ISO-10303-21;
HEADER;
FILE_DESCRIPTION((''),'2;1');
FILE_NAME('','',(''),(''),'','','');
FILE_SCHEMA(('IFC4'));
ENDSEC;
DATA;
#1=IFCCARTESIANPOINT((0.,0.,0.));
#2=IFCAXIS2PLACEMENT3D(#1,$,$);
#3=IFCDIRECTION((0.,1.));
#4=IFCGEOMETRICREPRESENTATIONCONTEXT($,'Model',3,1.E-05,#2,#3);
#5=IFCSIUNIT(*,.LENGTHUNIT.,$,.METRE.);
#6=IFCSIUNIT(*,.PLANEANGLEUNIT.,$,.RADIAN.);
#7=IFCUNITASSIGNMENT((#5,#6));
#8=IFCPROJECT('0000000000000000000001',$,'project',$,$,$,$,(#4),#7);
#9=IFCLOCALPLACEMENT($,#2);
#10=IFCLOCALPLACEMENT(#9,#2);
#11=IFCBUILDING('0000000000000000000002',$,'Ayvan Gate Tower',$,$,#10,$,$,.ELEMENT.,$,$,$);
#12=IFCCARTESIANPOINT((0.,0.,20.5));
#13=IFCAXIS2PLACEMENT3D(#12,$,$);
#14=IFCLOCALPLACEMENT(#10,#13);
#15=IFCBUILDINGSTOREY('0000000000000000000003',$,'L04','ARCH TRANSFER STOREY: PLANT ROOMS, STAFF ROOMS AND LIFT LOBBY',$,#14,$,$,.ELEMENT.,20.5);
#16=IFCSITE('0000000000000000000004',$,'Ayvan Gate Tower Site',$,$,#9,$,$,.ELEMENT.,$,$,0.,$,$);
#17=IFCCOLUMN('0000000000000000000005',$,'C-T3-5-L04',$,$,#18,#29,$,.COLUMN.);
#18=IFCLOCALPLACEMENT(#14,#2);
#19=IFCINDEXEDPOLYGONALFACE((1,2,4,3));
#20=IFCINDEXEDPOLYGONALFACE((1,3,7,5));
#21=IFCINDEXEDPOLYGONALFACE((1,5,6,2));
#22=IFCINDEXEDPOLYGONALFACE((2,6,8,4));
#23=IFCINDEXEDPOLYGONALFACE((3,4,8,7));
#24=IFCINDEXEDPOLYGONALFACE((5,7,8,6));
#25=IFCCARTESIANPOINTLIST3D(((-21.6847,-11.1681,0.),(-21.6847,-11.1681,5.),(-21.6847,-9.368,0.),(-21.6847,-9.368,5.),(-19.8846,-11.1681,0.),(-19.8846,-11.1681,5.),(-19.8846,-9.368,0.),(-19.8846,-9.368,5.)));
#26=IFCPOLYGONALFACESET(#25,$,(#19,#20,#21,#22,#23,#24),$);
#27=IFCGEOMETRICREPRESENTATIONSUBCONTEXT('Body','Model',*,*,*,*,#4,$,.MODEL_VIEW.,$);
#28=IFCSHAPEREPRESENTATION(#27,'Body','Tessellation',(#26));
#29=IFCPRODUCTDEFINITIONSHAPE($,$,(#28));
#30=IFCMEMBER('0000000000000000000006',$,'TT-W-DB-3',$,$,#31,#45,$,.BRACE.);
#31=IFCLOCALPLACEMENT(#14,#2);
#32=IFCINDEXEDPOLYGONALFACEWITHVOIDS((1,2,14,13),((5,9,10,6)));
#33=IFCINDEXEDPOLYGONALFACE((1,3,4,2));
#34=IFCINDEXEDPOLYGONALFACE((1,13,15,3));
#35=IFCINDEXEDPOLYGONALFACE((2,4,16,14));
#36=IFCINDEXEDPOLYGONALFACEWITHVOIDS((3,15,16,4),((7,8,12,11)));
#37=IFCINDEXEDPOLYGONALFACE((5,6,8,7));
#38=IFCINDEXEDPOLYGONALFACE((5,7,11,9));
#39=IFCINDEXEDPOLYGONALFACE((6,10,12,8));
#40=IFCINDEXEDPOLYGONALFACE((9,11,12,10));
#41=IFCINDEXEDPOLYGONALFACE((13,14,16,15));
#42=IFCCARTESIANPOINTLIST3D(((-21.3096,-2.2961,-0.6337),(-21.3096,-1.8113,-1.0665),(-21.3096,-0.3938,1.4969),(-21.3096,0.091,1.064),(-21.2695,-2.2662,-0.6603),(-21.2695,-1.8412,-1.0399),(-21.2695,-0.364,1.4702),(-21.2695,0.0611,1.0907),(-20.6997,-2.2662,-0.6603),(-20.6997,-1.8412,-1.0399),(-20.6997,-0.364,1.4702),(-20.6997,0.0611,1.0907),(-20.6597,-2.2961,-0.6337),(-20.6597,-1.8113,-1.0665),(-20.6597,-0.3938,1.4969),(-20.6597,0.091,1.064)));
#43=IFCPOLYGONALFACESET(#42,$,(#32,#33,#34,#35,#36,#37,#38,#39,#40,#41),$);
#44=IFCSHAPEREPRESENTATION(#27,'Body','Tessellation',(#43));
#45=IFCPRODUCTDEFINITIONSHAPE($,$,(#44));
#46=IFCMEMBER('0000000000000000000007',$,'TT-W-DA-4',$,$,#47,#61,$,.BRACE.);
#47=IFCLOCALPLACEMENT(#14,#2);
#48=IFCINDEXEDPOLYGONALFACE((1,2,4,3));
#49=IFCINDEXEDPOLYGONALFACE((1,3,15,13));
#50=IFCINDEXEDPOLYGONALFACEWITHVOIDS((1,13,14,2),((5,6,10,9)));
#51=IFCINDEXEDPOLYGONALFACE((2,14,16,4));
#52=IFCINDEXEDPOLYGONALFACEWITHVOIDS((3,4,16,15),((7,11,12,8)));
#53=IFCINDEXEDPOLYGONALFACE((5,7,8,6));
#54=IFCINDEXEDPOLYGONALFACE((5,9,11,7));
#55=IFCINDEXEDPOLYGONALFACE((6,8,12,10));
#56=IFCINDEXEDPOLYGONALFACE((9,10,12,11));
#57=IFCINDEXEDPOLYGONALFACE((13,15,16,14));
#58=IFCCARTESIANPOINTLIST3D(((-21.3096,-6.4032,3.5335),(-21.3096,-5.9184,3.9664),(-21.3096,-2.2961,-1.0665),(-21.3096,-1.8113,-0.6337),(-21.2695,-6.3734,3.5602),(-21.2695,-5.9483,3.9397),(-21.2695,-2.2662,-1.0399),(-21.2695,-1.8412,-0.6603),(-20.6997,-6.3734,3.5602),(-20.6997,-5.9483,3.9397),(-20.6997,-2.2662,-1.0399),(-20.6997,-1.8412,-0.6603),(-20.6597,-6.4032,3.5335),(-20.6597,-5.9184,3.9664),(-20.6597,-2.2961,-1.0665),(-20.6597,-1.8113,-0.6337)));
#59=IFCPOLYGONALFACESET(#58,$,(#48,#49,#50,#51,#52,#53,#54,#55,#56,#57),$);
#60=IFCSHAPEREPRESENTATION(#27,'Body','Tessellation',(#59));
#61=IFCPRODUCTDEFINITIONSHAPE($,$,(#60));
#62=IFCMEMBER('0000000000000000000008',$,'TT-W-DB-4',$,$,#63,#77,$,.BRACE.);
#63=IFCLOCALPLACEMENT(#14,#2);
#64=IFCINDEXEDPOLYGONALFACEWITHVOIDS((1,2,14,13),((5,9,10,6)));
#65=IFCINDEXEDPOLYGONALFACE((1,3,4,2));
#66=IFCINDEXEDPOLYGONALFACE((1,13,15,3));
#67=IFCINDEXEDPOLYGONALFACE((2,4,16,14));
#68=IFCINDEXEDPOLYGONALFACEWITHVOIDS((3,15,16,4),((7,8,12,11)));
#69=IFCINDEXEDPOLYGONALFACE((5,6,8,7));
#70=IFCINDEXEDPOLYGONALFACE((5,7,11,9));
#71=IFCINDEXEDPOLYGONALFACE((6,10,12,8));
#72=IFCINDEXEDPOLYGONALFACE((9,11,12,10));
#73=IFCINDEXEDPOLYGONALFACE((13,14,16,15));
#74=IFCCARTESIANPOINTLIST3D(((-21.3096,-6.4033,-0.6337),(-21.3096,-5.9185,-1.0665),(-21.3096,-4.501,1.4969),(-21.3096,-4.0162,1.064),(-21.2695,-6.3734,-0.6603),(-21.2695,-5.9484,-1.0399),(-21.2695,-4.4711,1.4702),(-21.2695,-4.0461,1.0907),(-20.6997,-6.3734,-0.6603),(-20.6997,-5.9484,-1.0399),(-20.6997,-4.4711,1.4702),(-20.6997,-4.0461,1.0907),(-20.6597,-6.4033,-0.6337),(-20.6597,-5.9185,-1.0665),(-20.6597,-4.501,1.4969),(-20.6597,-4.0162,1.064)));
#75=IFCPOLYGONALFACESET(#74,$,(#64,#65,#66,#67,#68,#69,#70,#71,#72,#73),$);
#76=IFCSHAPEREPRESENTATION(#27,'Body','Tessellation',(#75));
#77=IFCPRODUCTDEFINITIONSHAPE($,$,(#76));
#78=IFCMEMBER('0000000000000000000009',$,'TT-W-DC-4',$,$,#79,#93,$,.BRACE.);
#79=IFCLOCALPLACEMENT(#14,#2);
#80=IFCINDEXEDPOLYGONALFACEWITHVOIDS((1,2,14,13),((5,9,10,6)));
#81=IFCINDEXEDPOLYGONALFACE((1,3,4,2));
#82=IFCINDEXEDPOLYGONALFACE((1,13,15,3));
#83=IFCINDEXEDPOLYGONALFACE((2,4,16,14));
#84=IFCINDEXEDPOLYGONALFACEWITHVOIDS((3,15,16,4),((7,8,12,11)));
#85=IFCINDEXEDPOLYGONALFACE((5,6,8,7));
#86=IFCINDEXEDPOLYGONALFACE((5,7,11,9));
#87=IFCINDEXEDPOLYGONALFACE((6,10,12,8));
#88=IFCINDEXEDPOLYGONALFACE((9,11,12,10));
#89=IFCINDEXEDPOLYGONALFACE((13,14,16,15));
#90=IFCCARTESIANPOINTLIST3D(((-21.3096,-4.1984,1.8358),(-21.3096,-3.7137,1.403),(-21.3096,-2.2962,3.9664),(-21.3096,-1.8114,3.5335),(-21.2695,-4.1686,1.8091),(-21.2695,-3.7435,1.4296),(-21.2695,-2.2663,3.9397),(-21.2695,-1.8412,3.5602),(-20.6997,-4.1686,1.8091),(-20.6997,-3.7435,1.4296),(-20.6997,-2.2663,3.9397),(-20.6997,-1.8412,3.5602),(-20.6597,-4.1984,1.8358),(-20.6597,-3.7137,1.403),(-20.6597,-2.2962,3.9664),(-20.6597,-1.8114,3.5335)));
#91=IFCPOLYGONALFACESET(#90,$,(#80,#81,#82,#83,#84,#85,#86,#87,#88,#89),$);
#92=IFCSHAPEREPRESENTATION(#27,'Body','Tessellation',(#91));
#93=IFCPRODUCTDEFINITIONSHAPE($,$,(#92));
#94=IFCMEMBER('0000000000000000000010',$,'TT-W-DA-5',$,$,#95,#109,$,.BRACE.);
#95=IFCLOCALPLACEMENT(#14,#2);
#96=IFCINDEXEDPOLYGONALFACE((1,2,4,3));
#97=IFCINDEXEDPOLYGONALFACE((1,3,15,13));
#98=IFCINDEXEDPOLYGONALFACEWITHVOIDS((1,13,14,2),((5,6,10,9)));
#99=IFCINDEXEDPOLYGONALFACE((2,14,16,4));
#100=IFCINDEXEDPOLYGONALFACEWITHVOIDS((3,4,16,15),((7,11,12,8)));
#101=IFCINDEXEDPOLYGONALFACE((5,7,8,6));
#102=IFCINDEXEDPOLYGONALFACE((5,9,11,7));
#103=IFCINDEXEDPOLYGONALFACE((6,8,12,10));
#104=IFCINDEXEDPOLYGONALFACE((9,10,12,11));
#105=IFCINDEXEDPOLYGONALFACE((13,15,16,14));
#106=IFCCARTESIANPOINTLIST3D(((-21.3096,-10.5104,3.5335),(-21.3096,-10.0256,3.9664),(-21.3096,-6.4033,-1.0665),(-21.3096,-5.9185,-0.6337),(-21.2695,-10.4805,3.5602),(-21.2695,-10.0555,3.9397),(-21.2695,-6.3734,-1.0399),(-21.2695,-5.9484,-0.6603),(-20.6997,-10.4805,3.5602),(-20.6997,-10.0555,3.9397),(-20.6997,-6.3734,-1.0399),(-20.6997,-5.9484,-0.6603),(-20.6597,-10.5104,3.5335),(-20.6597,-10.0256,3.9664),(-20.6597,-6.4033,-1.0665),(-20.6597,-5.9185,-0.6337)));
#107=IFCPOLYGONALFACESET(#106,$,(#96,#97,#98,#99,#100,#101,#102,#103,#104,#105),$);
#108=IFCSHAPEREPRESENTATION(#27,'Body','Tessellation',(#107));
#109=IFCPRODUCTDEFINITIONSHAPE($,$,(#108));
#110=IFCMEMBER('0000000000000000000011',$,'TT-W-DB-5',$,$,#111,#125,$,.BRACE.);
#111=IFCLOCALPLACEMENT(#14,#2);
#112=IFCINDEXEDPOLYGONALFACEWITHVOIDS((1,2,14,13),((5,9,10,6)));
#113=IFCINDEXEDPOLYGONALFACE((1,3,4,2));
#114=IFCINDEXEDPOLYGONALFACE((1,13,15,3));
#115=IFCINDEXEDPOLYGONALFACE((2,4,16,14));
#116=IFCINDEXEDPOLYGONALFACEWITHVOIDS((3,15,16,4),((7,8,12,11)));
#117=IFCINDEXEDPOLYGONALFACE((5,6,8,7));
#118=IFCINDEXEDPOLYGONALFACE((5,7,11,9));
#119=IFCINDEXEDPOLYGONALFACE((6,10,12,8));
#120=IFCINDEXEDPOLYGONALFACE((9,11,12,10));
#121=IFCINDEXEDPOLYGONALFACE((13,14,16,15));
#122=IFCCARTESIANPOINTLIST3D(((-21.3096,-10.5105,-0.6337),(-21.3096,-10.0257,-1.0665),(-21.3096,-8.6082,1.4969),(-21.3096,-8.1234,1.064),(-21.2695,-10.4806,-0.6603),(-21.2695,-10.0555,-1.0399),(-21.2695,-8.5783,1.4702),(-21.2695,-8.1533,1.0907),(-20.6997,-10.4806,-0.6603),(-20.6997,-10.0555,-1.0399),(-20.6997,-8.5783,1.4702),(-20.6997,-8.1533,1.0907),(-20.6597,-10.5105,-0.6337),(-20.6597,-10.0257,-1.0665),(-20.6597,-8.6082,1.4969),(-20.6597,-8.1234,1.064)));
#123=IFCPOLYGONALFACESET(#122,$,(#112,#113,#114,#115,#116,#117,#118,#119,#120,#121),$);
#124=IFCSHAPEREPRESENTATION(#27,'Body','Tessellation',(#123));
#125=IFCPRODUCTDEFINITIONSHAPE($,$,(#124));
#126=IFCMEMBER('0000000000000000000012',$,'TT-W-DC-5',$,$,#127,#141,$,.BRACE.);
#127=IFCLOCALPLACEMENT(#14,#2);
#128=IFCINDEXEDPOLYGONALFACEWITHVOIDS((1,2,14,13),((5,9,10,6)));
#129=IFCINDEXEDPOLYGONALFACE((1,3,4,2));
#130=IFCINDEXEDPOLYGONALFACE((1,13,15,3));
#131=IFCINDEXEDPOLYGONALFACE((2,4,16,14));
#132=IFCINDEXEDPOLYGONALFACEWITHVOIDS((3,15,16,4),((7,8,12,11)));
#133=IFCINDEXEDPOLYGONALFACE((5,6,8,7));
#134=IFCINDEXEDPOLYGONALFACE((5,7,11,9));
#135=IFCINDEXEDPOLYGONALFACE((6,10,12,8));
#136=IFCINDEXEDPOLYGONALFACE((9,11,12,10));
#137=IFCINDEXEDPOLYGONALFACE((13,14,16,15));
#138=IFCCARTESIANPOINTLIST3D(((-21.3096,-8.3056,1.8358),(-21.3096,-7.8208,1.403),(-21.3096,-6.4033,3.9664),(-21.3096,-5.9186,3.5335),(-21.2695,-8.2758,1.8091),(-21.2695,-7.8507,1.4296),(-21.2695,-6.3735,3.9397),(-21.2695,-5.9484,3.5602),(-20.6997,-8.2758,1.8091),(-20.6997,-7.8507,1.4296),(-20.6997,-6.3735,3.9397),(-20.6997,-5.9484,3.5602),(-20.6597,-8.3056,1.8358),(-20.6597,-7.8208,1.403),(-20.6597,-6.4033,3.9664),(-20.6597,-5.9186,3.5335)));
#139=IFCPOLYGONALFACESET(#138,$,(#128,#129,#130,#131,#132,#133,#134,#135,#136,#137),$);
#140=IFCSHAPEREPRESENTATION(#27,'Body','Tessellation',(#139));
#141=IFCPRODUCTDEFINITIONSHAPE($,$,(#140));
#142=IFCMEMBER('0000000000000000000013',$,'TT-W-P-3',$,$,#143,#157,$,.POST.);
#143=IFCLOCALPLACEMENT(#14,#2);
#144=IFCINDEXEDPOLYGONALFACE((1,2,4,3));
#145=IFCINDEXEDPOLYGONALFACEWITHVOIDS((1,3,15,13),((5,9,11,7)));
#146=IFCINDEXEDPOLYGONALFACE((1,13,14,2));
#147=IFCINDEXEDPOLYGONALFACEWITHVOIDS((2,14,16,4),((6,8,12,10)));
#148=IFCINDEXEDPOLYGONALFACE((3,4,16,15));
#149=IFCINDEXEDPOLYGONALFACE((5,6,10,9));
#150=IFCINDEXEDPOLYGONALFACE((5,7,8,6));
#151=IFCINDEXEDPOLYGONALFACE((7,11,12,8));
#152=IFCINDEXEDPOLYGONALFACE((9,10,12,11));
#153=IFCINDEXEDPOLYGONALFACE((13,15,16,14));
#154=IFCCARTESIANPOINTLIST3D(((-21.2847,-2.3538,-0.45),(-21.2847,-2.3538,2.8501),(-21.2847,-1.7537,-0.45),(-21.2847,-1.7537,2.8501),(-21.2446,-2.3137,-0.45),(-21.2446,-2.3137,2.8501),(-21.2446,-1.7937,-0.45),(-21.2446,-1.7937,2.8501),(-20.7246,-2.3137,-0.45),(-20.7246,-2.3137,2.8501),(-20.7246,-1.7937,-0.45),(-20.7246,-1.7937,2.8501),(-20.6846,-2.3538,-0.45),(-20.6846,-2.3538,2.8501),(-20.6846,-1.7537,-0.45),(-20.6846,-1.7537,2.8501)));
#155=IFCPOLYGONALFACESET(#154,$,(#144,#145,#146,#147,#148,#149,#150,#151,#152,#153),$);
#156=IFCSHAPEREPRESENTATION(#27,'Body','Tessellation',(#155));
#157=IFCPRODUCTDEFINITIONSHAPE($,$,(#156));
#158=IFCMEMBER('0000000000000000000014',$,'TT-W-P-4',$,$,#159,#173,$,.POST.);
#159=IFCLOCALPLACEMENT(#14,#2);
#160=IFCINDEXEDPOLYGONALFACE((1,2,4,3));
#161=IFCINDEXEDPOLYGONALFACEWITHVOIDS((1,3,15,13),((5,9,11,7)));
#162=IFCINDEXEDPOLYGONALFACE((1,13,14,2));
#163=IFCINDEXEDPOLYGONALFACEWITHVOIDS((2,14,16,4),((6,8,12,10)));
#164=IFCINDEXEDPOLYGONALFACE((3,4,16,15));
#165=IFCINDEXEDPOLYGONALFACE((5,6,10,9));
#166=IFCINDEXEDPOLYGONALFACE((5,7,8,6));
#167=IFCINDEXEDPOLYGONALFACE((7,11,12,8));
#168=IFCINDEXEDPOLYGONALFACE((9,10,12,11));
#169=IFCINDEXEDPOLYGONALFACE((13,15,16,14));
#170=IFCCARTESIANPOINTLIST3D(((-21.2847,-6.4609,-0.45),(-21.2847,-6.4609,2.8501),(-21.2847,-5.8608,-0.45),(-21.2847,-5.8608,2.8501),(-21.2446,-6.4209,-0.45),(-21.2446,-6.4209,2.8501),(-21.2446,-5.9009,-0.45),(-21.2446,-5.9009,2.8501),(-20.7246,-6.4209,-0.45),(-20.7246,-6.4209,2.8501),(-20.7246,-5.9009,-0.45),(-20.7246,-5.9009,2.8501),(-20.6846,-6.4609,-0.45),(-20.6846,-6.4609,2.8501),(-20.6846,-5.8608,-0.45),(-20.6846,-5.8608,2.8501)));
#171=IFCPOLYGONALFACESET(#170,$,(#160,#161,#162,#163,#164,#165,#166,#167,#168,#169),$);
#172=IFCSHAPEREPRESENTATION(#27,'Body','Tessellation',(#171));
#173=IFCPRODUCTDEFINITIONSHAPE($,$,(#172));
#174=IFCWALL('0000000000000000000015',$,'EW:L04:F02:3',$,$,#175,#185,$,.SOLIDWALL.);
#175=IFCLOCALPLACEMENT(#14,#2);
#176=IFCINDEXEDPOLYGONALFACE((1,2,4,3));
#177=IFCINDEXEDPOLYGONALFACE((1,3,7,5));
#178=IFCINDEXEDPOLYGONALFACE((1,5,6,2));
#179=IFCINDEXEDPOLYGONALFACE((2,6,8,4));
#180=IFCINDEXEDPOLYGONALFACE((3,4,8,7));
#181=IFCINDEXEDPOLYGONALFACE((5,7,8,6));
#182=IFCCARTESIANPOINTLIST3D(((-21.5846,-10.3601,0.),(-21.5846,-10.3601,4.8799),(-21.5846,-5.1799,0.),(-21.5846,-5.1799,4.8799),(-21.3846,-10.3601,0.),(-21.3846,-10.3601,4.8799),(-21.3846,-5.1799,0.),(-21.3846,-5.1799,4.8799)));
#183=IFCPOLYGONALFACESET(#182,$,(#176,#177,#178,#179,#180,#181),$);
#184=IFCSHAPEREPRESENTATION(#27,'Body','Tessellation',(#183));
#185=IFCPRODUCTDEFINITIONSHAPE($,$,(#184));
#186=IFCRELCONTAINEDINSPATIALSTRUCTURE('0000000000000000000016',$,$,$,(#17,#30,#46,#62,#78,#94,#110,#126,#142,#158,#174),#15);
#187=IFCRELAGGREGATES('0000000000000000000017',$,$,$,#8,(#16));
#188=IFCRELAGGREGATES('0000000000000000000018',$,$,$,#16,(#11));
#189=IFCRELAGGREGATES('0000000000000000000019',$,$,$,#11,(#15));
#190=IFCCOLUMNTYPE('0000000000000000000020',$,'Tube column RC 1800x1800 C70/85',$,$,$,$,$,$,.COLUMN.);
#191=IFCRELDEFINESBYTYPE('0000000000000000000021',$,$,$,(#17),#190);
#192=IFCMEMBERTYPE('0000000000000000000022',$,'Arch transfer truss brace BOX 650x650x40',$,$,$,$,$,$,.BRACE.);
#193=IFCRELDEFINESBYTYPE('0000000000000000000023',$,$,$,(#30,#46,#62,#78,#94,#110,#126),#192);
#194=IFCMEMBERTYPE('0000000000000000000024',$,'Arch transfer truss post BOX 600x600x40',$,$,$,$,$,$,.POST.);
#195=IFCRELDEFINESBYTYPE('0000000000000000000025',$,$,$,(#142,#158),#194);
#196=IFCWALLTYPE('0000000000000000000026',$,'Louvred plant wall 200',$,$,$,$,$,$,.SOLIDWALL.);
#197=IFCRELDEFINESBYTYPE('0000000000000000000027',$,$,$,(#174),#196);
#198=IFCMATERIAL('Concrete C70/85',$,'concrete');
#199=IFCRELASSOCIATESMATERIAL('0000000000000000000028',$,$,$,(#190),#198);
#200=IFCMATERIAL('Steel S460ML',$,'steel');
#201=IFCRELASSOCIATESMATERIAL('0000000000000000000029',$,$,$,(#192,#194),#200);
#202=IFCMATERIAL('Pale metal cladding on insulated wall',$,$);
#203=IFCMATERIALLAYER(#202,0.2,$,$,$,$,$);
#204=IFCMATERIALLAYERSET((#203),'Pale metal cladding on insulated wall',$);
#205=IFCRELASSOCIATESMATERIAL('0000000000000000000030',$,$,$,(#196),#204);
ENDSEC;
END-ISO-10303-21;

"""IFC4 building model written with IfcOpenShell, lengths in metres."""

from ifc_helpers import new_model, si_unit, direction, frame, frame_2d, origin, origin_2d, place, context, subcontext, project, spatial, rectangle, hollow_rectangle, extrude, material, layer, layer_set, material_profile, profile_set, type_object, element, save


model = new_model("IFC4")

# Units and contexts
model_context = context("Model", 3, precision=1e-05, world=origin(), true_north=direction((0.0, 1.0)))
body_context = subcontext(model_context, "Body", "Model", "MODEL_VIEW")
ifc_project = project(units=[si_unit("LENGTHUNIT", "METRE"), si_unit("PLANEANGLEUNIT", "RADIAN")], contexts=[model_context])

# Site, building, storey
site_placement = place(None, origin())
site = spatial("IfcSite", under=ifc_project, at=site_placement, Name="Ayvan Gate Tower Site", CompositionType="ELEMENT", RefElevation=0.0)
building_placement = place(site_placement, origin())
building = spatial("IfcBuilding", under=site, at=building_placement, Name="Ayvan Gate Tower", CompositionType="ELEMENT")
storey_placement = place(building_placement, frame((0.0, 0.0, 20.5)))
storey = spatial("IfcBuildingStorey", under=building, at=storey_placement, Name="L04", Description="ARCH TRANSFER STOREY: PLANT ROOMS, STAFF ROOMS AND LIFT LOBBY", CompositionType="ELEMENT", Elevation=20.5)

# Column
ifc_material_1 = material(Name="Concrete C70/85", Category="concrete")
ifc_material_profile_1 = material_profile(ifc_material_1, rectangle(XDim=1.8, YDim=1.8, at=origin_2d()), Name="RC 1800x1800")
ifc_profile_set_1 = profile_set([ifc_material_profile_1], Name="Concrete C70/85")
column_type = type_object("IfcColumnType", Name="Tube column RC 1800x1800 C70/85", PredefinedType="COLUMN", material=ifc_profile_set_1)
column_placement = place(storey_placement, frame((-20.7847, -10.2681, 0.0), z_axis=(0.0, 0.0, 1.0), x_axis=(-1.0, 0.0, 0.0)))
element("IfcColumn", 1, at=column_placement, inside=storey, type_object=column_type, Name="C-T3-5-L04", PredefinedType="COLUMN", context=body_context, shape_type="SweptSolid", body=[
    extrude(rectangle(XDim=1.8, YDim=1.8, at=origin_2d()), origin(), (0.0, 0.0, 1.0), 5.0),
])

# Members
ifc_material_2 = material(Name="Steel S460ML", Category="steel")
ifc_material_profile_2 = material_profile(ifc_material_2, hollow_rectangle(XDim=0.6499, YDim=0.6499, WallThickness=0.04, at=origin_2d()), Name="BOX 650x650x40")
ifc_profile_set_2 = profile_set([ifc_material_profile_2], Name="Steel S460ML")
member_type_1 = type_object("IfcMemberType", Name="Arch transfer truss brace BOX 650x650x40", PredefinedType="BRACE", material=ifc_profile_set_2)
member_1_placement = place(storey_placement, frame((-20.9846, -2.0537, -0.8501), z_axis=(0.0, 0.666017, 0.745936), x_axis=(-1.0, 0.0, 0.0)))
element("IfcMember", 2, at=member_1_placement, inside=storey, type_object=member_type_1, Name="TT-W-DB-3", PredefinedType="BRACE", context=body_context, shape_type="SweptSolid", body=[
    extrude(hollow_rectangle(XDim=0.6499, YDim=0.6499, WallThickness=0.04, at=origin_2d()), origin(), (0.0, 0.0, 1.0), 2.8562),
])
member_2_placement = place(storey_placement, frame((-20.9846, -2.0537, -0.8501), z_axis=(0.0, -0.666011, 0.745942), x_axis=(1.0, 0.0, 0.0)))
element("IfcMember", 3, at=member_2_placement, inside=storey, type_object=member_type_1, Name="TT-W-DA-4", PredefinedType="BRACE", context=body_context, shape_type="SweptSolid", body=[
    extrude(hollow_rectangle(XDim=0.6499, YDim=0.6499, WallThickness=0.04, at=origin_2d()), origin(), (0.0, 0.0, 1.0), 6.1667),
])
for number, where, z_axis, x_axis, name in (
    (4, (-20.9846, -6.1609, -0.8501), (0.0, 0.666017, 0.745936), (-1.0, 0.0, 0.0), "TT-W-DB-4"),
    (5, (-20.9846, -3.9561, 1.6194), (0.0, 0.666017, 0.745936), (-1.0, 0.0, 0.0), "TT-W-DC-4"),
):
    element("IfcMember", number, at=place(storey_placement, frame(where, z_axis=z_axis, x_axis=x_axis)), inside=storey, type_object=member_type_1, Name=name, PredefinedType="BRACE", context=body_context, shape_type="SweptSolid", body=[
        extrude(hollow_rectangle(XDim=0.6499, YDim=0.6499, WallThickness=0.04, at=origin_2d()), origin(), (0.0, 0.0, 1.0), 2.8562),
    ])
member_3_placement = place(storey_placement, frame((-20.9846, -6.1609, -0.8501), z_axis=(0.0, -0.666011, 0.745942), x_axis=(1.0, 0.0, 0.0)))
element("IfcMember", 6, at=member_3_placement, inside=storey, type_object=member_type_1, Name="TT-W-DA-5", PredefinedType="BRACE", context=body_context, shape_type="SweptSolid", body=[
    extrude(hollow_rectangle(XDim=0.6499, YDim=0.6499, WallThickness=0.04, at=origin_2d()), origin(), (0.0, 0.0, 1.0), 6.1667),
])
for number, where, z_axis, x_axis, name in (
    (7, (-20.9846, -10.2681, -0.8501), (0.0, 0.666017, 0.745936), (-1.0, 0.0, 0.0), "TT-W-DB-5"),
    (8, (-20.9846, -8.0632, 1.6194), (0.0, 0.666017, 0.745936), (-1.0, 0.0, 0.0), "TT-W-DC-5"),
):
    element("IfcMember", number, at=place(storey_placement, frame(where, z_axis=z_axis, x_axis=x_axis)), inside=storey, type_object=member_type_1, Name=name, PredefinedType="BRACE", context=body_context, shape_type="SweptSolid", body=[
        extrude(hollow_rectangle(XDim=0.6499, YDim=0.6499, WallThickness=0.04, at=origin_2d()), origin(), (0.0, 0.0, 1.0), 2.8562),
    ])
ifc_material_profile_3 = material_profile(ifc_material_2, hollow_rectangle(XDim=0.6001, YDim=0.6001, WallThickness=0.04, at=origin_2d()), Name="BOX 600x600x40")
ifc_profile_set_3 = profile_set([ifc_material_profile_3], Name="Steel S460ML")
member_type_2 = type_object("IfcMemberType", Name="Arch transfer truss post BOX 600x600x40", PredefinedType="POST", material=ifc_profile_set_3)
for number, where, z_axis, x_axis, name in (
    (9, (-20.9846, -2.0537, -0.45), (0.0, 0.0, 1.0), (1.0, 0.0, 0.0), "TT-W-P-3"),
    (10, (-20.9846, -6.1609, -0.45), (0.0, 0.0, 1.0), (1.0, 0.0, 0.0), "TT-W-P-4"),
):
    element("IfcMember", number, at=place(storey_placement, frame(where, z_axis=z_axis, x_axis=x_axis)), inside=storey, type_object=member_type_2, Name=name, PredefinedType="POST", context=body_context, shape_type="SweptSolid", body=[
        extrude(hollow_rectangle(XDim=0.6001, YDim=0.6001, WallThickness=0.04, at=origin_2d()), origin(), (0.0, 0.0, 1.0), 3.3),
    ])

# Wall
ifc_material_3 = material(Name="Pale metal cladding on insulated wall")
ifc_layer_1 = layer(ifc_material_3, 0.2)
ifc_layer_set_1 = layer_set([ifc_layer_1], Name="Pale metal cladding on insulated wall")
wall_type_1 = type_object("IfcWallType", Name="Louvred plant wall 200", PredefinedType="SOLIDWALL", material=ifc_layer_set_1)
wall_1_placement = place(storey_placement, frame((-21.4846, -5.1799, 0.0), z_axis=(0.0, 0.0, 1.0), x_axis=(0.0, -1.0, 0.0)))
element("IfcWall", 11, at=wall_1_placement, inside=storey, type_object=wall_type_1, Name="EW:L04:F02:3", PredefinedType="SOLIDWALL", context=body_context, shape_type="SweptSolid", body=[
    extrude(rectangle(XDim=5.1802, YDim=0.2, at=frame_2d((2.5901, 0.0))), origin(), (0.0, 0.0, 1.0), 4.8799),
])

save(model, "model.ifc")
